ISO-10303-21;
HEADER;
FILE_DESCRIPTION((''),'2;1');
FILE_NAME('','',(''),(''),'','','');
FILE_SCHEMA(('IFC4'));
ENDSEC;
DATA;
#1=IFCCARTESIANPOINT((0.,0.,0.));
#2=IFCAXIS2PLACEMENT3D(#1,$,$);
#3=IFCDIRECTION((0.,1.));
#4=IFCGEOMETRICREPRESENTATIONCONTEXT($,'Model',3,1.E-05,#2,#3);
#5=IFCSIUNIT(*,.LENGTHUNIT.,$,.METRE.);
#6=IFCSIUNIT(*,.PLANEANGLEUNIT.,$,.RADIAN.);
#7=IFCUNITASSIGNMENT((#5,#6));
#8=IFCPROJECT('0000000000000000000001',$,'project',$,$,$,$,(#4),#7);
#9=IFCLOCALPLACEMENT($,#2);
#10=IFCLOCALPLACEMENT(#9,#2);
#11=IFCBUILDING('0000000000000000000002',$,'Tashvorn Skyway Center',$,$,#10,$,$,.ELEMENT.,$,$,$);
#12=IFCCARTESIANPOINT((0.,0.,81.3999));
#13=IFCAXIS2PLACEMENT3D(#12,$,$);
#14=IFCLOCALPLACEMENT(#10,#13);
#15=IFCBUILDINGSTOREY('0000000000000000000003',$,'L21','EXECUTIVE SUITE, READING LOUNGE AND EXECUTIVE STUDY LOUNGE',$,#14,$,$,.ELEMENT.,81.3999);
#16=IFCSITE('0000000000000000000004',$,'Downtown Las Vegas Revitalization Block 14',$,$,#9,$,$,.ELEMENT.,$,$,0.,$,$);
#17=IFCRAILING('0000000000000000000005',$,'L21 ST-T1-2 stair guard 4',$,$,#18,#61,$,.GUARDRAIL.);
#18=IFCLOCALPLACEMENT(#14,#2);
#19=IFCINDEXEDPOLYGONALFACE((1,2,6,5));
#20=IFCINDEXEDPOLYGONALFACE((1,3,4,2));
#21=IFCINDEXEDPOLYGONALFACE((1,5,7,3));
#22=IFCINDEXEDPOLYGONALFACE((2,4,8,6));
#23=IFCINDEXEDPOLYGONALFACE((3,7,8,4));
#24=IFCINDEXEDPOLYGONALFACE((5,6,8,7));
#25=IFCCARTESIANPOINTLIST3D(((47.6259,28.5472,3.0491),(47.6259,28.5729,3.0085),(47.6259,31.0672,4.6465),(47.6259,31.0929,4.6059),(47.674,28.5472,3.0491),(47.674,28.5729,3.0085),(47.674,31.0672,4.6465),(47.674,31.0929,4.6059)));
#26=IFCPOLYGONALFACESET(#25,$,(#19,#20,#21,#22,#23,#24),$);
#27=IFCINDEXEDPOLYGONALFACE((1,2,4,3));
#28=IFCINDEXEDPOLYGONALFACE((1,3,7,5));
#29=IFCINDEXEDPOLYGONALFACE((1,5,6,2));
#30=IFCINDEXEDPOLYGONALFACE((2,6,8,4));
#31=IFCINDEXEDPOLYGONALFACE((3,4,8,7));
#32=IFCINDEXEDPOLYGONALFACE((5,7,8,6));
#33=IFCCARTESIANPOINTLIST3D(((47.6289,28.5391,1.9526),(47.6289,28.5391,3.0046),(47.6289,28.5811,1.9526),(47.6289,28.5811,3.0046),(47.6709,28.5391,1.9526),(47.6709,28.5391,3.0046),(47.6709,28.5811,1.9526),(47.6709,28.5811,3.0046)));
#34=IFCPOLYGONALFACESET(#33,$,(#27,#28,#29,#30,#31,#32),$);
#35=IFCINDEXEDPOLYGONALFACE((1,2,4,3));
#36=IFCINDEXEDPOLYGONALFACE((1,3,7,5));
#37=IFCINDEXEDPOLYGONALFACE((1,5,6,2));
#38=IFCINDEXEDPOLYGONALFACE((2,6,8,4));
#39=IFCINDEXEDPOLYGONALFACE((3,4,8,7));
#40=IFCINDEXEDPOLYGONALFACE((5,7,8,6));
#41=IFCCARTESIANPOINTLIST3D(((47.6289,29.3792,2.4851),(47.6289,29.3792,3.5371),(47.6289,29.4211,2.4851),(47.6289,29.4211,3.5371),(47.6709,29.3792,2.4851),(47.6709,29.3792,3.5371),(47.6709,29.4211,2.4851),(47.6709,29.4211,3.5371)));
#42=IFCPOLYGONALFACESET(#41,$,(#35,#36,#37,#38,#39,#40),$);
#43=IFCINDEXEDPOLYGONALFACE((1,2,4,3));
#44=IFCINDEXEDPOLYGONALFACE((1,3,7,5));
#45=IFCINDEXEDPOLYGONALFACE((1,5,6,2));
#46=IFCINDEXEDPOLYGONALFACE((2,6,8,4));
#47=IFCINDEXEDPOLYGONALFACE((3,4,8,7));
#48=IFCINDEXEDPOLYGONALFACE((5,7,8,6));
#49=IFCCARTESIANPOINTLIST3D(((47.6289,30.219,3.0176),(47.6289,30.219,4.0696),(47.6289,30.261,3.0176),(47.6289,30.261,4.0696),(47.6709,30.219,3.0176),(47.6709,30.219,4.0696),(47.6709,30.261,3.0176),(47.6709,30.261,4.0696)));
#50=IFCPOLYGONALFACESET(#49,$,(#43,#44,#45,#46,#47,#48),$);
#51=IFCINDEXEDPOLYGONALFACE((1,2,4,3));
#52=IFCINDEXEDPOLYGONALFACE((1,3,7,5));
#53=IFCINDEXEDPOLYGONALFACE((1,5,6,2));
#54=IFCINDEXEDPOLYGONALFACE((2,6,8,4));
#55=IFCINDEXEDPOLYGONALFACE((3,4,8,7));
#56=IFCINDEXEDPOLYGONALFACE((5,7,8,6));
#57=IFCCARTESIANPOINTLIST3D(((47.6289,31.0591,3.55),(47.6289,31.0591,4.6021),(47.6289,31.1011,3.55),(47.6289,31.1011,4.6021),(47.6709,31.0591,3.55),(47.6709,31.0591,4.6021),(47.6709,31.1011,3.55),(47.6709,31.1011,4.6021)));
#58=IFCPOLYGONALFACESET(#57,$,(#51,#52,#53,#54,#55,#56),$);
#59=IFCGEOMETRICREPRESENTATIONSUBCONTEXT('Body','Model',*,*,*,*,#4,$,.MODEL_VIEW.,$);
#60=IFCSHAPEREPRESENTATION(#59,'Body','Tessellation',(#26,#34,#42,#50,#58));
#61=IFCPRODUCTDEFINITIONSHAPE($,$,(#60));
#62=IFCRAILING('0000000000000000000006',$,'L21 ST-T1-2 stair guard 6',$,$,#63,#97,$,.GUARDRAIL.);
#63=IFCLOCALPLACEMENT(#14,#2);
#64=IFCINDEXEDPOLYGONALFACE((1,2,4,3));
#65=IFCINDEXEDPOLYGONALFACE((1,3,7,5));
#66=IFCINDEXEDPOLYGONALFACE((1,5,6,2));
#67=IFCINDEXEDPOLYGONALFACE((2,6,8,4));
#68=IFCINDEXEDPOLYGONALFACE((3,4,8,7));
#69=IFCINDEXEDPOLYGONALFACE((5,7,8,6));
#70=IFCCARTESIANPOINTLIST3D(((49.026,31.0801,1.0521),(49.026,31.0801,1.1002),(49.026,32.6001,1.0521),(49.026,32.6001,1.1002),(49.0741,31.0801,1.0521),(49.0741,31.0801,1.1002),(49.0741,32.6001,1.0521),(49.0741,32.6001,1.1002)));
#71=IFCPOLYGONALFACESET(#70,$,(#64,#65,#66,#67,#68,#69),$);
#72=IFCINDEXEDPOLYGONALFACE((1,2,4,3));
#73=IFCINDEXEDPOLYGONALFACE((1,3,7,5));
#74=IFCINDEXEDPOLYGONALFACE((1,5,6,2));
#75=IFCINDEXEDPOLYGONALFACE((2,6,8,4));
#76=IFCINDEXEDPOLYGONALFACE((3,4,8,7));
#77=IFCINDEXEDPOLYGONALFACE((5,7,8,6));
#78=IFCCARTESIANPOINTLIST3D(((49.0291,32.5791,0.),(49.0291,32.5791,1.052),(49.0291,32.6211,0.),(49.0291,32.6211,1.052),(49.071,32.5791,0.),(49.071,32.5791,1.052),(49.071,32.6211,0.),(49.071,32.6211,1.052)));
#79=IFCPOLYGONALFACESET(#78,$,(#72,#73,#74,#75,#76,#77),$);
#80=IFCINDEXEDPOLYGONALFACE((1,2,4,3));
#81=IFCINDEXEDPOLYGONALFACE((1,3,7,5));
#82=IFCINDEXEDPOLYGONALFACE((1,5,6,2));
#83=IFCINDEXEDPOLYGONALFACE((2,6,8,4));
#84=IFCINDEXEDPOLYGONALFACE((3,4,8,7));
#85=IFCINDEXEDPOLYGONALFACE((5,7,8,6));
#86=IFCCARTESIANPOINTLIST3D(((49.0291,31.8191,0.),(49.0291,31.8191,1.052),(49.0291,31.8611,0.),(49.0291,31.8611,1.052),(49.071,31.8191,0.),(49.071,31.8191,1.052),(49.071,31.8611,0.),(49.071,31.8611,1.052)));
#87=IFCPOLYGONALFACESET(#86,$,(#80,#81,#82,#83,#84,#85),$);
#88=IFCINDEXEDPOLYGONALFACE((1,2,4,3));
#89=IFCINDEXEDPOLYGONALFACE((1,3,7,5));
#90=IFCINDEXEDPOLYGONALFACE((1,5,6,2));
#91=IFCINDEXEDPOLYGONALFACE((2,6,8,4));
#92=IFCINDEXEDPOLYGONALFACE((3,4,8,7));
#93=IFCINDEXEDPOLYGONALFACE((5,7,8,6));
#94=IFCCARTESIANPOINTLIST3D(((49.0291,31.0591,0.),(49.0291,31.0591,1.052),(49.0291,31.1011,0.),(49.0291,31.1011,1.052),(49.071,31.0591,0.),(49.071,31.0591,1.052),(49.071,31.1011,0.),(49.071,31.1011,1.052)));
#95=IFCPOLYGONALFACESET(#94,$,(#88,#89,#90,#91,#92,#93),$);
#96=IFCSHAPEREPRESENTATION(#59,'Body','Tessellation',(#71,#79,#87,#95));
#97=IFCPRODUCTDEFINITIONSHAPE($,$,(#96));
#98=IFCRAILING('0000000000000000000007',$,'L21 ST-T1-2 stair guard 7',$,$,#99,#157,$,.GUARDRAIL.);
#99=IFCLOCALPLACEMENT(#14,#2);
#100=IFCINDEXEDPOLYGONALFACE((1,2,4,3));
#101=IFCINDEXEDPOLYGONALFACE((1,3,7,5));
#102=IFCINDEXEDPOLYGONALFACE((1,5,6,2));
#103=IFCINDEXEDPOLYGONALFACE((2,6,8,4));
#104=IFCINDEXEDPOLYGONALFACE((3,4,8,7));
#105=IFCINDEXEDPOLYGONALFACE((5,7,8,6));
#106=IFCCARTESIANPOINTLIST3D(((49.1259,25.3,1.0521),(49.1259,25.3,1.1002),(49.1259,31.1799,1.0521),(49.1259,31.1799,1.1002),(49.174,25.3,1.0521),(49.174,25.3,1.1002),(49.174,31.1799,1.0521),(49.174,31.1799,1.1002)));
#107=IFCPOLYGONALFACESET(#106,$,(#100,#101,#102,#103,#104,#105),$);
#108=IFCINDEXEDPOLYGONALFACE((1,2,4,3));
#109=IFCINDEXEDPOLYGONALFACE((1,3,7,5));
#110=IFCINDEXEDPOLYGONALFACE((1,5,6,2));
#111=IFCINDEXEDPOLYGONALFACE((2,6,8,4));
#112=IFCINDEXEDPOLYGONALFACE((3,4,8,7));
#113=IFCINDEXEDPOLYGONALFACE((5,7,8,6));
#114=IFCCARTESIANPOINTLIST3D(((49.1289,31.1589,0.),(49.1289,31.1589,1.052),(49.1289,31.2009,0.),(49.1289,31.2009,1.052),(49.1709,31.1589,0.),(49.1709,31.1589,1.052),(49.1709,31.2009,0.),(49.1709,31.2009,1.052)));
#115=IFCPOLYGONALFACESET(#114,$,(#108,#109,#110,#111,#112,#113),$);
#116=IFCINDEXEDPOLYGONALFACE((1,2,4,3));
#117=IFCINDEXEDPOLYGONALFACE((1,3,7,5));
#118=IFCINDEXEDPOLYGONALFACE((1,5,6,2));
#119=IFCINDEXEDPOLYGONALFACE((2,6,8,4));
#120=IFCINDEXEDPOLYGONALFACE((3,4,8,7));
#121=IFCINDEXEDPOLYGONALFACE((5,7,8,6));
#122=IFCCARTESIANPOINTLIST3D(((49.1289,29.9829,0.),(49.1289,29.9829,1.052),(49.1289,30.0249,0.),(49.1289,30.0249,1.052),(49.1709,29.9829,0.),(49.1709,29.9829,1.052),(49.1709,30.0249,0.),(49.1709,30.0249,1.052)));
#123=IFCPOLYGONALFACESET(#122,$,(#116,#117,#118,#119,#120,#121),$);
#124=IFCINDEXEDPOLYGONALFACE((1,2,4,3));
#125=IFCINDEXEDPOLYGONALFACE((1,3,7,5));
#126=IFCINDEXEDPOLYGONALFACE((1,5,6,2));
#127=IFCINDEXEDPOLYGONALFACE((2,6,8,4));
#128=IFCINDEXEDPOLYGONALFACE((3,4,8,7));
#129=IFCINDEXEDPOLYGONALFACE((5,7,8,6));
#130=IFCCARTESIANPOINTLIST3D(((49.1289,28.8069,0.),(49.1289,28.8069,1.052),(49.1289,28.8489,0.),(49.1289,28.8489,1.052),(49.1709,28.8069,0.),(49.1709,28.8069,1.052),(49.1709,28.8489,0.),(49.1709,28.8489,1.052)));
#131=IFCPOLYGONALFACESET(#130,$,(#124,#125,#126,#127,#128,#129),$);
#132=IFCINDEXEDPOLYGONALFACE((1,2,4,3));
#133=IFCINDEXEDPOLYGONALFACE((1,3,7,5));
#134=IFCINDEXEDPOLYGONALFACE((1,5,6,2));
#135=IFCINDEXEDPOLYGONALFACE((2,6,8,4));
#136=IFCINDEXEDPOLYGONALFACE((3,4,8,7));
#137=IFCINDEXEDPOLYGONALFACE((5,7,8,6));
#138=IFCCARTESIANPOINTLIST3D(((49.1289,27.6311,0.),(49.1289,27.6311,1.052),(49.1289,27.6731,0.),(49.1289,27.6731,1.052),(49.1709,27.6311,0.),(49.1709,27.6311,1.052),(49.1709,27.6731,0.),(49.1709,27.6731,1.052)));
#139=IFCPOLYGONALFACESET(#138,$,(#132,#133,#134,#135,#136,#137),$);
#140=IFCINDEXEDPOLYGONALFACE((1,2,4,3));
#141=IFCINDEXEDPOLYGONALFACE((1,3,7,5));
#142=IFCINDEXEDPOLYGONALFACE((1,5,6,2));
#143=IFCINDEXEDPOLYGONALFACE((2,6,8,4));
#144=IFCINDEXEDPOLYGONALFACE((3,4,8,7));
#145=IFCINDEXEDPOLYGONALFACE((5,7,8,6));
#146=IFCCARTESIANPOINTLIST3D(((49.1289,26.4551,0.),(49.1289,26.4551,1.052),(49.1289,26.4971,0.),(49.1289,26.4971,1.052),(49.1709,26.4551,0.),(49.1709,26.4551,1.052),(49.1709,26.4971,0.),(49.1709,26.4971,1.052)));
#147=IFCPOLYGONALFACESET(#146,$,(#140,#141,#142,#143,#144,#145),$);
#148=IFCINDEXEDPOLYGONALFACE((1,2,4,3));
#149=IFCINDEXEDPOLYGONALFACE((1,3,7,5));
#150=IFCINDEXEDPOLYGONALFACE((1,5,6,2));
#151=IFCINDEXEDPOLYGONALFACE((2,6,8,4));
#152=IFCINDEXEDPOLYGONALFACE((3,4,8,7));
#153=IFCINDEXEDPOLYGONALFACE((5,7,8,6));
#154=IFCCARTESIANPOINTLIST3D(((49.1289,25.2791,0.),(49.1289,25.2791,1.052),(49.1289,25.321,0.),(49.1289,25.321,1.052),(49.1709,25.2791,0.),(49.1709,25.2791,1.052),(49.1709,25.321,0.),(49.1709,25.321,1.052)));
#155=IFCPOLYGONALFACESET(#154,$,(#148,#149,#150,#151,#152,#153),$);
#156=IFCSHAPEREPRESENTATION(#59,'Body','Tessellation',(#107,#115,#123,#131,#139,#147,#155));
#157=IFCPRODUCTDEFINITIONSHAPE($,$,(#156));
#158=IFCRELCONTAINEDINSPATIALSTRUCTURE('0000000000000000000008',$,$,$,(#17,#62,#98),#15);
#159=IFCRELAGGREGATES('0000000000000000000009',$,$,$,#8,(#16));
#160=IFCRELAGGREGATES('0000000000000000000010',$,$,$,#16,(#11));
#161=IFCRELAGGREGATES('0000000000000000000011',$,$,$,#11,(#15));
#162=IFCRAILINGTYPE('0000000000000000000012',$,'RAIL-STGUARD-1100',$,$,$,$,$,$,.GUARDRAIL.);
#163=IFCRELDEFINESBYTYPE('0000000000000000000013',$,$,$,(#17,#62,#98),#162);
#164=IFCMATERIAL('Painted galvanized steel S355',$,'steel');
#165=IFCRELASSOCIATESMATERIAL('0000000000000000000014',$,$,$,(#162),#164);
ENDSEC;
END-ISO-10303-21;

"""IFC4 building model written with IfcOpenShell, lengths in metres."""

from ifc_helpers import new_model, si_unit, direction, frame, origin, origin_2d, place, context, subcontext, project, spatial, rectangle, extrude, material, type_object, element, save


model = new_model("IFC4")

# Units and contexts
model_context = context("Model", 3, precision=1e-05, world=origin(), true_north=direction((0.0, 1.0)))
body_context = subcontext(model_context, "Body", "Model", "MODEL_VIEW")
ifc_project = project(units=[si_unit("LENGTHUNIT", "METRE"), si_unit("PLANEANGLEUNIT", "RADIAN")], contexts=[model_context])

# Site, building, storey
site_placement = place(None, origin())
site = spatial("IfcSite", under=ifc_project, at=site_placement, Name="Downtown Las Vegas Revitalization Block 14", CompositionType="ELEMENT", RefElevation=0.0)
building_placement = place(site_placement, origin())
building = spatial("IfcBuilding", under=site, at=building_placement, Name="Tashvorn Skyway Center", CompositionType="ELEMENT")
storey_placement = place(building_placement, frame((0.0, 0.0, 81.3999)))
storey = spatial("IfcBuildingStorey", under=building, at=storey_placement, Name="L21", Description="EXECUTIVE SUITE, READING LOUNGE AND EXECUTIVE STUDY LOUNGE", CompositionType="ELEMENT", Elevation=81.3999)

# Railings
ifc_material_1 = material(Name="Painted galvanized steel S355", Category="steel")
railing_type_1 = type_object("IfcRailingType", Name="RAIL-STGUARD-1100", PredefinedType="GUARDRAIL", material=ifc_material_1)
railing_1_placement = place(storey_placement, frame((47.6499, 28.5601, 1.9526)))
element("IfcRailing", 1, at=railing_1_placement, inside=storey, type_object=railing_type_1, Name="L21 ST-T1-2 stair guard 4", PredefinedType="GUARDRAIL", context=body_context, shape_type="SweptSolid", body=[
    extrude(rectangle(XDim=0.0481, YDim=0.0481, at=origin_2d()), frame((0.0, 0.0, 1.0762), z_axis=(0.0, 0.844607, 0.535387), x_axis=(-1.0, 0.0, 0.0)), (0.0, 0.0, 1.0), 2.9836),
    extrude(rectangle(XDim=0.042, YDim=0.042, at=origin_2d()), origin(), (0.0, 0.0, 1.0), 1.052),
    extrude(rectangle(XDim=0.042, YDim=0.042, at=origin_2d()), frame((0.0, 0.8401, 0.5325)), (0.0, 0.0, 1.0), 1.052),
    extrude(rectangle(XDim=0.042, YDim=0.042, at=origin_2d()), frame((0.0, 1.6799, 1.0649)), (0.0, 0.0, 1.0), 1.052),
    extrude(rectangle(XDim=0.042, YDim=0.042, at=origin_2d()), frame((0.0, 2.52, 1.5974)), (0.0, 0.0, 1.0), 1.052),
])
railing_2_placement = place(storey_placement, frame((49.05, 32.6001, 0.0)))
element("IfcRailing", 2, at=railing_2_placement, inside=storey, type_object=railing_type_1, Name="L21 ST-T1-2 stair guard 6", PredefinedType="GUARDRAIL", context=body_context, shape_type="SweptSolid", body=[
    extrude(rectangle(XDim=0.0481, YDim=0.0481, at=origin_2d()), frame((0.0, 0.0, 1.0762), z_axis=(0.0, -1.0, 0.0), x_axis=(1.0, 0.0, 0.0)), (0.0, 0.0, 1.0), 1.52),
    extrude(rectangle(XDim=0.042, YDim=0.042, at=origin_2d()), origin(), (0.0, 0.0, 1.0), 1.052),
    extrude(rectangle(XDim=0.042, YDim=0.042, at=origin_2d()), frame((0.0, -0.76, 0.0)), (0.0, 0.0, 1.0), 1.052),
    extrude(rectangle(XDim=0.042, YDim=0.042, at=origin_2d()), frame((0.0, -1.52, 0.0)), (0.0, 0.0, 1.0), 1.052),
])
railing_3_placement = place(storey_placement, frame((49.1499, 31.1799, 0.0)))
element("IfcRailing", 3, at=railing_3_placement, inside=storey, type_object=railing_type_1, Name="L21 ST-T1-2 stair guard 7", PredefinedType="GUARDRAIL", context=body_context, shape_type="SweptSolid", body=[
    extrude(rectangle(XDim=0.0481, YDim=0.0481, at=origin_2d()), frame((0.0, 0.0, 1.0762), z_axis=(0.0, -1.0, 0.0), x_axis=(1.0, 0.0, 0.0)), (0.0, 0.0, 1.0), 5.8799),
    extrude(rectangle(XDim=0.042, YDim=0.042, at=origin_2d()), origin(), (0.0, 0.0, 1.0), 1.052),
    extrude(rectangle(XDim=0.042, YDim=0.042, at=origin_2d()), frame((0.0, -1.176, 0.0)), (0.0, 0.0, 1.0), 1.052),
    extrude(rectangle(XDim=0.042, YDim=0.042, at=origin_2d()), frame((0.0, -2.3521, 0.0)), (0.0, 0.0, 1.0), 1.052),
    extrude(rectangle(XDim=0.042, YDim=0.042, at=origin_2d()), frame((0.0, -3.5278, 0.0)), (0.0, 0.0, 1.0), 1.052),
    extrude(rectangle(XDim=0.042, YDim=0.042, at=origin_2d()), frame((0.0, -4.7039, 0.0)), (0.0, 0.0, 1.0), 1.052),
    extrude(rectangle(XDim=0.042, YDim=0.042, at=origin_2d()), frame((0.0, -5.8799, 0.0)), (0.0, 0.0, 1.0), 1.052),
])

save(model, "model.ifc")
